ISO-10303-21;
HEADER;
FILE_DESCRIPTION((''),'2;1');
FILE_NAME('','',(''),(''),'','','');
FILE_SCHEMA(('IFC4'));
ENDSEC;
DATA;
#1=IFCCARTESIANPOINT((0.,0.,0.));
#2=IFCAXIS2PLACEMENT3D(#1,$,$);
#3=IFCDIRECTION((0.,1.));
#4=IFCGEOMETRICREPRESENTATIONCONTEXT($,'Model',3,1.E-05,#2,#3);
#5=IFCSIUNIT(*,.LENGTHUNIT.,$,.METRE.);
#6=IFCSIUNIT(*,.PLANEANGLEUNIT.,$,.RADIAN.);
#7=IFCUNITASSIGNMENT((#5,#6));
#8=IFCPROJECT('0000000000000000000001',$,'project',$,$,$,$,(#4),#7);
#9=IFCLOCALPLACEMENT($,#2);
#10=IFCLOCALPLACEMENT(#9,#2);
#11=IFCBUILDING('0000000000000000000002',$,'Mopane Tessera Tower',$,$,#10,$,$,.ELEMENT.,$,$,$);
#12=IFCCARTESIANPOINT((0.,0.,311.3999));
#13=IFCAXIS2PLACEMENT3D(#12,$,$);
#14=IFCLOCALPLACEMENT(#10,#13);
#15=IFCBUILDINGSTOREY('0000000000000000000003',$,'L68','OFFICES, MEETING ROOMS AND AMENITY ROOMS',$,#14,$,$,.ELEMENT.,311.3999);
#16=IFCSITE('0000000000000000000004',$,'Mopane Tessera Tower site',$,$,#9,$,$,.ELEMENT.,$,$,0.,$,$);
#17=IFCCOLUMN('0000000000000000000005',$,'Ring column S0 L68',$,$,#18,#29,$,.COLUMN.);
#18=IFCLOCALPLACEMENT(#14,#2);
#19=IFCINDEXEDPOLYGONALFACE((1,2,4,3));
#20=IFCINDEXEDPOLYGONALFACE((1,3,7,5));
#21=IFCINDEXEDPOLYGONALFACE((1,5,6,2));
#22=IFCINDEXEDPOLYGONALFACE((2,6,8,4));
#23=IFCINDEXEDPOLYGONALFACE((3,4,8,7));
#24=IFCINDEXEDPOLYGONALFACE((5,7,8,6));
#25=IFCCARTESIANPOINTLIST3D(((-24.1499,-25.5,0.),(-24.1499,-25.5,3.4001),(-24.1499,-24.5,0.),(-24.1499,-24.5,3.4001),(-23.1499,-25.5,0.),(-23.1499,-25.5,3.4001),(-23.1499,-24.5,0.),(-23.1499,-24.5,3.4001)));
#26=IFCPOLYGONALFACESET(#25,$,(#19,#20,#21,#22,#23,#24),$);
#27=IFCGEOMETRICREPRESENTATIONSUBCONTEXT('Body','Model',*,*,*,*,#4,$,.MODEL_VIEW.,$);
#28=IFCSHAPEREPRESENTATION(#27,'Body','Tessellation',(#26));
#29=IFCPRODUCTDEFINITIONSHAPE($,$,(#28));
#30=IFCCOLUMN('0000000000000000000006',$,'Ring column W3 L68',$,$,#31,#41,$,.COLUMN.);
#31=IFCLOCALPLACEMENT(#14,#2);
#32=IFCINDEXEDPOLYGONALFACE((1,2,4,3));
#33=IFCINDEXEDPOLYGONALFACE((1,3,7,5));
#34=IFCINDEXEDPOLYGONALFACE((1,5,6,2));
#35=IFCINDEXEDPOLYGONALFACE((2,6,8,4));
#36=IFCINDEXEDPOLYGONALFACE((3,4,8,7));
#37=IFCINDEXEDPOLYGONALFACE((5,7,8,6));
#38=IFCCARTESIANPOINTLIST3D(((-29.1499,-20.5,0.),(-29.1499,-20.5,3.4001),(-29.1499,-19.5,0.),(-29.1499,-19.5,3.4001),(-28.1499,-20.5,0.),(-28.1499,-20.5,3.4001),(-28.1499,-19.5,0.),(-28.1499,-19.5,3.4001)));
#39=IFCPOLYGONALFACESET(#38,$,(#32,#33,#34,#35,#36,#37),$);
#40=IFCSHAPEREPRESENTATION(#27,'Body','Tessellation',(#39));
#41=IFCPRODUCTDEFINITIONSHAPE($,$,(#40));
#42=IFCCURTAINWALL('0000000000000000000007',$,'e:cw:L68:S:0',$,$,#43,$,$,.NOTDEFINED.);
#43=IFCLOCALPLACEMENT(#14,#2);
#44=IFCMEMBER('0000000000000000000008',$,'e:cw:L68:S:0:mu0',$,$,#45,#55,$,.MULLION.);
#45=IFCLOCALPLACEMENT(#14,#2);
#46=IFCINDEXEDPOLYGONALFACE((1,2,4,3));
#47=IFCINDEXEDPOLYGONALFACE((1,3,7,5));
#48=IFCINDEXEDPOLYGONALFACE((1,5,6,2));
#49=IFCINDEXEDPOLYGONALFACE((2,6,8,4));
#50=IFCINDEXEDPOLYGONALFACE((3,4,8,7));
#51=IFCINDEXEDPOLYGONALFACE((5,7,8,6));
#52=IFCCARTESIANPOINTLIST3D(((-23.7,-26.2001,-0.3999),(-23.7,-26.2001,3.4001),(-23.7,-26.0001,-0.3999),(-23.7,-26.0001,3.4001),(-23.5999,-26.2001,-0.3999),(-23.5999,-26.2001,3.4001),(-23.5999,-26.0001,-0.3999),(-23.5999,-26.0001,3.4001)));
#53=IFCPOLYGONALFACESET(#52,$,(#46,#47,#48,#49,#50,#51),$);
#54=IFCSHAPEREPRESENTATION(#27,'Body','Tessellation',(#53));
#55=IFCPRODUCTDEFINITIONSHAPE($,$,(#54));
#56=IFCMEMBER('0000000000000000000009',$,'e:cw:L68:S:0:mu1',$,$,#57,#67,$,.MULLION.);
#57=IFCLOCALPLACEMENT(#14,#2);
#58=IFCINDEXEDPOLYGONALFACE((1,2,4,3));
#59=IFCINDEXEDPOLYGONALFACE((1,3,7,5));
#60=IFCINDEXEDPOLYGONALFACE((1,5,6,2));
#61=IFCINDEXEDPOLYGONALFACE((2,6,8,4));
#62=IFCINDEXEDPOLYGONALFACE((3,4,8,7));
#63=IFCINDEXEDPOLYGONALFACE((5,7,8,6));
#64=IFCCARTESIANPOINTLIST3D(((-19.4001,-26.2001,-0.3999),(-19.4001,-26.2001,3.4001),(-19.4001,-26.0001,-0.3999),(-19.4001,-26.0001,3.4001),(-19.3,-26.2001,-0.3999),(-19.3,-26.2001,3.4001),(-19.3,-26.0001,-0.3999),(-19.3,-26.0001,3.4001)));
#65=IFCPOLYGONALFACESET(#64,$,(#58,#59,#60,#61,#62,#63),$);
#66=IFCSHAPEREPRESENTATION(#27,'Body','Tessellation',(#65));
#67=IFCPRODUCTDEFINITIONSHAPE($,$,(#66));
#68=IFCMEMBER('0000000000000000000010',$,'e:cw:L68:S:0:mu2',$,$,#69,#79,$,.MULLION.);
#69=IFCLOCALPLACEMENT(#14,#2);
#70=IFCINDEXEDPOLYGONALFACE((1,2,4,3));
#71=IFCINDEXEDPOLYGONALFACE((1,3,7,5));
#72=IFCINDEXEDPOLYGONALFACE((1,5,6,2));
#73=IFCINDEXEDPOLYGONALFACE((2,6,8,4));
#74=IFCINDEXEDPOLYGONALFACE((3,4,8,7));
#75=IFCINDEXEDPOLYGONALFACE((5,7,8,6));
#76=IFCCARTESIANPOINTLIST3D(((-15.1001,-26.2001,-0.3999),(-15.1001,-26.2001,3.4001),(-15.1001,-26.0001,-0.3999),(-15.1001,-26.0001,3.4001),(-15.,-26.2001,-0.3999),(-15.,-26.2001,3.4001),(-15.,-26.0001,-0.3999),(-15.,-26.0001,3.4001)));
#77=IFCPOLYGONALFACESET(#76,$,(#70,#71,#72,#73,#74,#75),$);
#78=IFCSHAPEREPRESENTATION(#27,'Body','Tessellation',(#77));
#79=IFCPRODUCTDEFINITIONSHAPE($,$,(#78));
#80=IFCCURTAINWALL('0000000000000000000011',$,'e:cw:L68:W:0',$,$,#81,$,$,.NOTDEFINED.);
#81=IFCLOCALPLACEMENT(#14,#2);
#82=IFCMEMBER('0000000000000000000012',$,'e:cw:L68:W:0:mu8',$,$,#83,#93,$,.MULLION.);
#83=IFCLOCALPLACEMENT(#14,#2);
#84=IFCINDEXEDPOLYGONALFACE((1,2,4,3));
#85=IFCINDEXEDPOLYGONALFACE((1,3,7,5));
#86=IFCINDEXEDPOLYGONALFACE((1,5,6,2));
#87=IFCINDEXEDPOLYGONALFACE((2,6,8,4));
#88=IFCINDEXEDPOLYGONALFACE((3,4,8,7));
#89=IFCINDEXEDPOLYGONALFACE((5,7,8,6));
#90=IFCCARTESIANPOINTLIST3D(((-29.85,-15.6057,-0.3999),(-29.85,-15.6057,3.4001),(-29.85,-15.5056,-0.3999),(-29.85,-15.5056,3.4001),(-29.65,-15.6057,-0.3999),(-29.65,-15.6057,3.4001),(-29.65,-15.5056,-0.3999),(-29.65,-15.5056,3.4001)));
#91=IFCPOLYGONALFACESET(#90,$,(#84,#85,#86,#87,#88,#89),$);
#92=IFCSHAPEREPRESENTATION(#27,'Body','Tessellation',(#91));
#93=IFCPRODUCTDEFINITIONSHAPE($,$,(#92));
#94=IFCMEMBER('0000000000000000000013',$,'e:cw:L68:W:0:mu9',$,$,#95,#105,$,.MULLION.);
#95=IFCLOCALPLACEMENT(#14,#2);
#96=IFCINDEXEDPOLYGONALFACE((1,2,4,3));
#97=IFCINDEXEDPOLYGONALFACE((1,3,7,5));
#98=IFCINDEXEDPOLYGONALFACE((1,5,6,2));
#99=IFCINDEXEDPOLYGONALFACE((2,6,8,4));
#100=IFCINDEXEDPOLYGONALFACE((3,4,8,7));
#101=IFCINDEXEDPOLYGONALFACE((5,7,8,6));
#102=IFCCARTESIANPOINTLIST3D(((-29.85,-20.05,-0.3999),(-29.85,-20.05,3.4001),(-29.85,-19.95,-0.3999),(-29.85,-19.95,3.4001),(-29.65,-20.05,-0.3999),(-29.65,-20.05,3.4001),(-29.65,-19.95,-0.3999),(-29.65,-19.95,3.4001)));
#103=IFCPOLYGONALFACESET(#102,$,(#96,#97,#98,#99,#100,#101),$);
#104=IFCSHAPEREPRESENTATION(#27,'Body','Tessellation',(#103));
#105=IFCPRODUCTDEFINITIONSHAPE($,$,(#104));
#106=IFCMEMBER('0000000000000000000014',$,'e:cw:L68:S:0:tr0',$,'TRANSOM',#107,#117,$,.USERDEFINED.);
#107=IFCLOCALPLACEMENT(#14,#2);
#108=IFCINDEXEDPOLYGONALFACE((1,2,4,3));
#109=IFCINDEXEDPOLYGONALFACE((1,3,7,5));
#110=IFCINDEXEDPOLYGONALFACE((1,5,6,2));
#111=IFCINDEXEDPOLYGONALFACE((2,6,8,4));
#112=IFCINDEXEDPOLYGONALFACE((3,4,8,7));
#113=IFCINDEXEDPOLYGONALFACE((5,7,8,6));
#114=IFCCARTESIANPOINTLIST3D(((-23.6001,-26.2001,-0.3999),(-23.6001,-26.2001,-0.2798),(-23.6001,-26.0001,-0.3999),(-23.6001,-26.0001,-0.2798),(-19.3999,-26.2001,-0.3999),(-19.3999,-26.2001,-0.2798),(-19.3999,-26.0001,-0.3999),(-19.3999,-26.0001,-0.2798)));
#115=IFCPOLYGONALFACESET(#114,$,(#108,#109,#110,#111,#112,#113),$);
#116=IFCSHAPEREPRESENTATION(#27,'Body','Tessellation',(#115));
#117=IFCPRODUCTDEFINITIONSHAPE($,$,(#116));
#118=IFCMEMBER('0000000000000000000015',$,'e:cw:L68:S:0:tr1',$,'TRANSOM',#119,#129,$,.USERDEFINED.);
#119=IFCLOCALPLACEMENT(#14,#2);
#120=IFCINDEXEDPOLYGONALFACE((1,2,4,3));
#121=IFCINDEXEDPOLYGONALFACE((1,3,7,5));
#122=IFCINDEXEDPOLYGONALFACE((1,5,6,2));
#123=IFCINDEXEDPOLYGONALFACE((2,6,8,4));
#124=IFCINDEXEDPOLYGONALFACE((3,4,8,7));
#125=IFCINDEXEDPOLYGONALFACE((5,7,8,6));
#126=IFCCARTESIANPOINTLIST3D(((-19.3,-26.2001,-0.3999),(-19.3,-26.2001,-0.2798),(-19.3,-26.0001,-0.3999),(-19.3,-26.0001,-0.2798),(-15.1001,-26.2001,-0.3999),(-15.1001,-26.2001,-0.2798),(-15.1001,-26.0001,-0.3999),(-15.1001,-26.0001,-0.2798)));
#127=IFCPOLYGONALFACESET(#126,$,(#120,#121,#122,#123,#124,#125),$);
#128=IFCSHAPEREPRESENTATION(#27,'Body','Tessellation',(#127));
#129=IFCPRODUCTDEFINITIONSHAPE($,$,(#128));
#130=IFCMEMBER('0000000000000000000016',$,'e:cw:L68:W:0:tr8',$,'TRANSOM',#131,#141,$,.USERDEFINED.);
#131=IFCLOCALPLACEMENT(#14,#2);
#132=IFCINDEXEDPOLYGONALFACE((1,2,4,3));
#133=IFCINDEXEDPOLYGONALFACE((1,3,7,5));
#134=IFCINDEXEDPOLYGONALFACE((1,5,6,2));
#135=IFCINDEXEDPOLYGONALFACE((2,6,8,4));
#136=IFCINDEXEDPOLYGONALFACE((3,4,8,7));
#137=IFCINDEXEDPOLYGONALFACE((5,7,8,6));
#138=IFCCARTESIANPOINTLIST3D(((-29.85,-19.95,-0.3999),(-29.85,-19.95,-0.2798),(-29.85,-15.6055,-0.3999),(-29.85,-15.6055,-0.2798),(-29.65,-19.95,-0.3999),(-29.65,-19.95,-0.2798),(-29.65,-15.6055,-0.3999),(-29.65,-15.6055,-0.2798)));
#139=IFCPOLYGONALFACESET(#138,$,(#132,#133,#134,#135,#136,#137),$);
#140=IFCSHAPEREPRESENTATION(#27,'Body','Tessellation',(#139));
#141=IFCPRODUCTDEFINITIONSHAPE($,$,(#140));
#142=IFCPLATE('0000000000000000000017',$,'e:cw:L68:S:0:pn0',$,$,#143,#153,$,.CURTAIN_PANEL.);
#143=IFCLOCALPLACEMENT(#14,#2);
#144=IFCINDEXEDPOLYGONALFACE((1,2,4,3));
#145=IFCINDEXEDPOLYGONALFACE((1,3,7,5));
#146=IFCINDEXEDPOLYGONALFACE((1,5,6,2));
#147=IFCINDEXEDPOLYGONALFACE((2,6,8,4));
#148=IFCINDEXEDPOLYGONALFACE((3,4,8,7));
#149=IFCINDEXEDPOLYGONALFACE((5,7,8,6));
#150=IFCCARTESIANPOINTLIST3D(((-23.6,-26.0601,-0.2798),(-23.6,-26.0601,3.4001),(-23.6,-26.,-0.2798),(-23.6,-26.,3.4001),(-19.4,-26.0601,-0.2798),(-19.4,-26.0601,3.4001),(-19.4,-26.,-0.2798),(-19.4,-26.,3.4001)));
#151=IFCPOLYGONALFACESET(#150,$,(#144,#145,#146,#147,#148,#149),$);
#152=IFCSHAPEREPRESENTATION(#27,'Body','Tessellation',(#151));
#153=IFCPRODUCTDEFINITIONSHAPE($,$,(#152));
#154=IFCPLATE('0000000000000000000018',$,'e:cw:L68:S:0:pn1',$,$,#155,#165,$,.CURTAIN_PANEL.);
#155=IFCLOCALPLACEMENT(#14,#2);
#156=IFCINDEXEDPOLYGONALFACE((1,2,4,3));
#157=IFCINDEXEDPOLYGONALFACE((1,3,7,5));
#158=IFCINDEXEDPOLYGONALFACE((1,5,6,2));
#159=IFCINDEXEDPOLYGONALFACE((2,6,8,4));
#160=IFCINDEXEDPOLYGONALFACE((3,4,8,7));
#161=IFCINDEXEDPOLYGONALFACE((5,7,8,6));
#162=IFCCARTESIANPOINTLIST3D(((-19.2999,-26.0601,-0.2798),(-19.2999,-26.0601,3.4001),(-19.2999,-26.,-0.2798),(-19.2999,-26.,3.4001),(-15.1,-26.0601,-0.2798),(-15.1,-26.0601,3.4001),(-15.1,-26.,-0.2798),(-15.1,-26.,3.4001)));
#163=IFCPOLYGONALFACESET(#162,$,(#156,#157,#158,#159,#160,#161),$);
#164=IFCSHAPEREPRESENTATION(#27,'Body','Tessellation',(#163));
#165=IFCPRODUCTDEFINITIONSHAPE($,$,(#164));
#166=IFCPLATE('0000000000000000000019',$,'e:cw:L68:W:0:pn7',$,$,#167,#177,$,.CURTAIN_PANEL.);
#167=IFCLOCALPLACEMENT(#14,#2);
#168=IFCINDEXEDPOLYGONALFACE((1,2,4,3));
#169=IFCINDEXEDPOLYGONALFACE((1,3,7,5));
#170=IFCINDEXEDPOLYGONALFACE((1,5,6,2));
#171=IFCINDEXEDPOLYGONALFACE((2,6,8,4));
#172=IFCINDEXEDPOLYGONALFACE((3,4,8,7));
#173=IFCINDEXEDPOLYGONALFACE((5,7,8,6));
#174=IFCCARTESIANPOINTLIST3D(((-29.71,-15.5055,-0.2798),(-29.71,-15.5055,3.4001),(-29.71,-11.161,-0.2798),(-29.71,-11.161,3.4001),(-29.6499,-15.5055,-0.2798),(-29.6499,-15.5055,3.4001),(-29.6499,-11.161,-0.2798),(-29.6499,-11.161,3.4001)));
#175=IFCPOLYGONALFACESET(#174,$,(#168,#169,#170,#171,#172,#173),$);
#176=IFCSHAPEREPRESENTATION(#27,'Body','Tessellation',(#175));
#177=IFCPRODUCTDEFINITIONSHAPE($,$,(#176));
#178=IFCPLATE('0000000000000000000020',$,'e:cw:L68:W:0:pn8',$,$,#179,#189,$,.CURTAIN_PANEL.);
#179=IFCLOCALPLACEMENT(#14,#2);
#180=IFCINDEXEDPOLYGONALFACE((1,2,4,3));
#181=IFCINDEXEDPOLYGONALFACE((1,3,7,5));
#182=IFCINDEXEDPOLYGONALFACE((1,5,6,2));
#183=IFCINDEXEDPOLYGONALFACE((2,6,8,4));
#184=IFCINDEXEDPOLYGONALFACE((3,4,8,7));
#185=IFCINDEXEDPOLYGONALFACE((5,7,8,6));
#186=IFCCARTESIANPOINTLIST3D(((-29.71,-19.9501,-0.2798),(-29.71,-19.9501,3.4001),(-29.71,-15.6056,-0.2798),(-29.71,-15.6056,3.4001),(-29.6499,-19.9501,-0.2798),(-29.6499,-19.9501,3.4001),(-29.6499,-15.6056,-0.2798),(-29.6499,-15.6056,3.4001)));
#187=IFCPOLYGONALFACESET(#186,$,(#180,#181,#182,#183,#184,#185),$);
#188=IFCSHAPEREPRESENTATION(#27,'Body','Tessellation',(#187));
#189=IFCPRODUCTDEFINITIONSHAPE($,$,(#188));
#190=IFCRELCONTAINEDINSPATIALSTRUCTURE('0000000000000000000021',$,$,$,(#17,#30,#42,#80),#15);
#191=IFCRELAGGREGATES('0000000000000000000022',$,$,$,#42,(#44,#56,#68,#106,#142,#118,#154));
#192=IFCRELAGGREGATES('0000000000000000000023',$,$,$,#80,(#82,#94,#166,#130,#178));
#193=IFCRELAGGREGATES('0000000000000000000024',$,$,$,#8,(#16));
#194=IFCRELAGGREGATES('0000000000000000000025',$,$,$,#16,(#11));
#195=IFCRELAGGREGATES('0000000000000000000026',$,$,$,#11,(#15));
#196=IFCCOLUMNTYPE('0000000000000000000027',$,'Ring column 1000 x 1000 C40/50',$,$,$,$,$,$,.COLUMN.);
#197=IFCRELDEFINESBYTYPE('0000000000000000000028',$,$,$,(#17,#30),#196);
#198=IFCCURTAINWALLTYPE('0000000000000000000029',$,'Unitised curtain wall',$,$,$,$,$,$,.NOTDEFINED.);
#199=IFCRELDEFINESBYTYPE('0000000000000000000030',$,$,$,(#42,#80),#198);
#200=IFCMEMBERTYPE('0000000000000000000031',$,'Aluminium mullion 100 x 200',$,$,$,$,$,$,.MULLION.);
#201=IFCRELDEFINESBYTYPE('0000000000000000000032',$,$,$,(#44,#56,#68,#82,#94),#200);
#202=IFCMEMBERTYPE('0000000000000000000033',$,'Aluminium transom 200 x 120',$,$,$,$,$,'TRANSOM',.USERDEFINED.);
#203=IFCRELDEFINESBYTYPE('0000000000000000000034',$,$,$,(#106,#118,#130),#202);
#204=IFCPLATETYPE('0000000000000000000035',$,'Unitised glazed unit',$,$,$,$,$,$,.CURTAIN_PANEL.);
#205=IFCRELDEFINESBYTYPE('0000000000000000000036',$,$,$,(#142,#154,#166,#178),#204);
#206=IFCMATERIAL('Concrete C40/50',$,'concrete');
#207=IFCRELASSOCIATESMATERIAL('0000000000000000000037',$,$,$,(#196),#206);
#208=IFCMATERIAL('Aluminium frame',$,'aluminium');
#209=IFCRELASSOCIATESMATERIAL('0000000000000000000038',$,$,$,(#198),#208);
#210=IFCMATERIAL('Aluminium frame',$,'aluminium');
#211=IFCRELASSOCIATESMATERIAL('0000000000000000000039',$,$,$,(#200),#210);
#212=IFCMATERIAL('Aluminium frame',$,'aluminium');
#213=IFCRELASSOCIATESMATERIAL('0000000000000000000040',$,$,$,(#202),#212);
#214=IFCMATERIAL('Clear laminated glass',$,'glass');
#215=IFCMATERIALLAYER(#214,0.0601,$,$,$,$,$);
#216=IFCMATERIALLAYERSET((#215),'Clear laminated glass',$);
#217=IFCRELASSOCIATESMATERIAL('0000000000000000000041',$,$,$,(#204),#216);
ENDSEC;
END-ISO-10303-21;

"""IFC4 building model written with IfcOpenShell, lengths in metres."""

from ifc_helpers import new_model, si_unit, direction, frame, origin, origin_2d, place, context, subcontext, project, spatial, rectangle, extrude, material, layer, layer_set, material_profile, profile_set, type_object, element, aggregate, save


model = new_model("IFC4")

# Units and contexts
model_context = context("Model", 3, precision=1e-05, world=origin(), true_north=direction((0.0, 1.0)))
body_context = subcontext(model_context, "Body", "Model", "MODEL_VIEW")
ifc_project = project(units=[si_unit("LENGTHUNIT", "METRE"), si_unit("PLANEANGLEUNIT", "RADIAN")], contexts=[model_context])

# Site, building, storey
site_placement = place(None, origin())
site = spatial("IfcSite", under=ifc_project, at=site_placement, Name="Mopane Tessera Tower site", CompositionType="ELEMENT", RefElevation=0.0)
building_placement = place(site_placement, origin())
building = spatial("IfcBuilding", under=site, at=building_placement, Name="Mopane Tessera Tower", CompositionType="ELEMENT")
storey_placement = place(building_placement, frame((0.0, 0.0, 311.3999)))
storey = spatial("IfcBuildingStorey", under=building, at=storey_placement, Name="L68", Description="OFFICES, MEETING ROOMS AND AMENITY ROOMS", CompositionType="ELEMENT", Elevation=311.3999)

# Columns
ifc_material_1 = material(Name="Concrete C40/50", Category="concrete")
ifc_material_profile_1 = material_profile(ifc_material_1, rectangle(XDim=1.0, YDim=1.0, at=origin_2d()))
ifc_profile_set_1 = profile_set([ifc_material_profile_1], Name="Concrete C40/50")
column_type = type_object("IfcColumnType", Name="Ring column 1000 x 1000 C40/50", PredefinedType="COLUMN", material=ifc_profile_set_1)
for number, where, z_axis, x_axis, name in (
    (1, (-23.6499, -25.0, 0.0), (0.0, 0.0, 1.0), (1.0, 0.0, 0.0), "Ring column S0 L68"),
    (2, (-28.6499, -20.0, 0.0), (0.0, 0.0, 1.0), (1.0, 0.0, 0.0), "Ring column W3 L68"),
):
    element("IfcColumn", number, at=place(storey_placement, frame(where, z_axis=z_axis, x_axis=x_axis)), inside=storey, type_object=column_type, Name=name, PredefinedType="COLUMN", context=body_context, shape_type="SweptSolid", body=[
        extrude(rectangle(XDim=1.0, YDim=1.0, at=origin_2d()), origin(), (0.0, 0.0, 1.0), 3.4001),
    ])

# Curtain walls, members
ifc_material_2 = material(Name="Aluminium frame", Category="aluminium")
curtain_wall_type = type_object("IfcCurtainWallType", Name="Unitised curtain wall", PredefinedType="NOTDEFINED", material=ifc_material_2)
curtain_wall_1_placement = place(storey_placement, origin())
curtain_wall_1 = element("IfcCurtainWall", 3, at=curtain_wall_1_placement, inside=storey, type_object=curtain_wall_type, Name="e:cw:L68:S:0", PredefinedType="NOTDEFINED")
ifc_material_3 = material(Name="Aluminium frame", Category="aluminium")
ifc_material_profile_2 = material_profile(ifc_material_3, rectangle(XDim=0.1001, YDim=0.2, at=origin_2d()))
ifc_profile_set_2 = profile_set([ifc_material_profile_2], Name="Aluminium frame")
member_type_1 = type_object("IfcMemberType", Name="Aluminium mullion 100 x 200", PredefinedType="MULLION", material=ifc_profile_set_2)
member_1_placement = place(storey_placement, frame((-23.6499, -26.1001, -0.3999), z_axis=(0.0, 0.0, 1.0), x_axis=(1.0, 0.0, 0.0)))
member_1 = element("IfcMember", 4, at=member_1_placement, type_object=member_type_1, Name="e:cw:L68:S:0:mu0", PredefinedType="MULLION", context=body_context, shape_type="SweptSolid", body=[
    extrude(rectangle(XDim=0.1001, YDim=0.2, at=origin_2d()), origin(), (0.0, 0.0, 1.0), 3.8),
])
member_2_placement = place(storey_placement, frame((-19.3501, -26.1001, -0.3999), z_axis=(0.0, 0.0, 1.0), x_axis=(1.0, 0.0, 0.0)))
member_2 = element("IfcMember", 5, at=member_2_placement, type_object=member_type_1, Name="e:cw:L68:S:0:mu1", PredefinedType="MULLION", context=body_context, shape_type="SweptSolid", body=[
    extrude(rectangle(XDim=0.1001, YDim=0.2, at=origin_2d()), origin(), (0.0, 0.0, 1.0), 3.8),
])
member_3_placement = place(storey_placement, frame((-15.05, -26.1001, -0.3999), z_axis=(0.0, 0.0, 1.0), x_axis=(1.0, 0.0, 0.0)))
member_3 = element("IfcMember", 6, at=member_3_placement, type_object=member_type_1, Name="e:cw:L68:S:0:mu2", PredefinedType="MULLION", context=body_context, shape_type="SweptSolid", body=[
    extrude(rectangle(XDim=0.1001, YDim=0.2, at=origin_2d()), origin(), (0.0, 0.0, 1.0), 3.8),
])
curtain_wall_2_placement = place(storey_placement, origin())
curtain_wall_2 = element("IfcCurtainWall", 7, at=curtain_wall_2_placement, inside=storey, type_object=curtain_wall_type, Name="e:cw:L68:W:0", PredefinedType="NOTDEFINED")
member_4_placement = place(storey_placement, frame((-29.75, -15.5557, -0.3999), z_axis=(0.0, 0.0, 1.0), x_axis=(0.0, -1.0, 0.0)))
member_4 = element("IfcMember", 8, at=member_4_placement, type_object=member_type_1, Name="e:cw:L68:W:0:mu8", PredefinedType="MULLION", context=body_context, shape_type="SweptSolid", body=[
    extrude(rectangle(XDim=0.1001, YDim=0.2, at=origin_2d()), origin(), (0.0, 0.0, 1.0), 3.8),
])
member_5_placement = place(storey_placement, frame((-29.75, -20.0, -0.3999), z_axis=(0.0, 0.0, 1.0), x_axis=(0.0, -1.0, 0.0)))
member_5 = element("IfcMember", 9, at=member_5_placement, type_object=member_type_1, Name="e:cw:L68:W:0:mu9", PredefinedType="MULLION", context=body_context, shape_type="SweptSolid", body=[
    extrude(rectangle(XDim=0.1001, YDim=0.2, at=origin_2d()), origin(), (0.0, 0.0, 1.0), 3.8),
])

# Members
ifc_material_4 = material(Name="Aluminium frame", Category="aluminium")
ifc_material_profile_3 = material_profile(ifc_material_4, rectangle(XDim=0.2, YDim=0.1201, at=origin_2d()))
ifc_profile_set_3 = profile_set([ifc_material_profile_3], Name="Aluminium frame")
member_type_2 = type_object("IfcMemberType", Name="Aluminium transom 200 x 120", ElementType="TRANSOM", PredefinedType="USERDEFINED", material=ifc_profile_set_3)
member_6_placement = place(storey_placement, frame((-23.6001, -26.1001, -0.3398), z_axis=(1.0, 0.0, 0.0), x_axis=(0.0, 1.0, 0.0)))
member_6 = element("IfcMember", 10, at=member_6_placement, type_object=member_type_2, Name="e:cw:L68:S:0:tr0", ObjectType="TRANSOM", PredefinedType="USERDEFINED", context=body_context, shape_type="SweptSolid", body=[
    extrude(rectangle(XDim=0.2, YDim=0.1201, at=origin_2d()), origin(), (0.0, 0.0, 1.0), 4.2002),
])
member_7_placement = place(storey_placement, frame((-19.3, -26.1001, -0.3398), z_axis=(1.0, 0.0, 0.0), x_axis=(0.0, 1.0, 0.0)))
member_7 = element("IfcMember", 11, at=member_7_placement, type_object=member_type_2, Name="e:cw:L68:S:0:tr1", ObjectType="TRANSOM", PredefinedType="USERDEFINED", context=body_context, shape_type="SweptSolid", body=[
    extrude(rectangle(XDim=0.2, YDim=0.1201, at=origin_2d()), origin(), (0.0, 0.0, 1.0), 4.2),
])
member_8_placement = place(storey_placement, frame((-29.75, -15.6055, -0.3398), z_axis=(0.0, -1.0, 0.0), x_axis=(1.0, 0.0, 0.0)))
member_8 = element("IfcMember", 12, at=member_8_placement, type_object=member_type_2, Name="e:cw:L68:W:0:tr8", ObjectType="TRANSOM", PredefinedType="USERDEFINED", context=body_context, shape_type="SweptSolid", body=[
    extrude(rectangle(XDim=0.2, YDim=0.1201, at=origin_2d()), origin(), (0.0, 0.0, 1.0), 4.3445),
])

# Plates
ifc_material_5 = material(Name="Clear laminated glass", Category="glass")
ifc_layer_1 = layer(ifc_material_5, 0.0601)
ifc_layer_set_1 = layer_set([ifc_layer_1], Name="Clear laminated glass")
plate_type = type_object("IfcPlateType", Name="Unitised glazed unit", PredefinedType="CURTAIN_PANEL", material=ifc_layer_set_1)
plate_1_placement = place(storey_placement, frame((-21.5, -26.03, -0.2798), z_axis=(0.0, 0.0, 1.0), x_axis=(1.0, 0.0, 0.0)))
plate_1 = element("IfcPlate", 13, at=plate_1_placement, type_object=plate_type, Name="e:cw:L68:S:0:pn0", PredefinedType="CURTAIN_PANEL", context=body_context, shape_type="SweptSolid", body=[
    extrude(rectangle(XDim=4.2, YDim=0.0601, at=origin_2d()), origin(), (0.0, 0.0, 1.0), 3.6799),
])
plate_2_placement = place(storey_placement, frame((-17.2, -26.03, -0.2798), z_axis=(0.0, 0.0, 1.0), x_axis=(1.0, 0.0, 0.0)))
plate_2 = element("IfcPlate", 14, at=plate_2_placement, type_object=plate_type, Name="e:cw:L68:S:0:pn1", PredefinedType="CURTAIN_PANEL", context=body_context, shape_type="SweptSolid", body=[
    extrude(rectangle(XDim=4.2, YDim=0.0601, at=origin_2d()), origin(), (0.0, 0.0, 1.0), 3.6799),
])
aggregate(curtain_wall_1, [member_1, member_2, member_3, member_6, plate_1, member_7, plate_2])
plate_3_placement = place(storey_placement, frame((-29.6799, -13.3333, -0.2798), z_axis=(0.0, 0.0, 1.0), x_axis=(0.0, -1.0, 0.0)))
plate_3 = element("IfcPlate", 15, at=plate_3_placement, type_object=plate_type, Name="e:cw:L68:W:0:pn7", PredefinedType="CURTAIN_PANEL", context=body_context, shape_type="SweptSolid", body=[
    extrude(rectangle(XDim=4.3445, YDim=0.0601, at=origin_2d()), origin(), (0.0, 0.0, 1.0), 3.6799),
])
plate_4_placement = place(storey_placement, frame((-29.6799, -17.7778, -0.2798), z_axis=(0.0, 0.0, 1.0), x_axis=(0.0, -1.0, 0.0)))
plate_4 = element("IfcPlate", 16, at=plate_4_placement, type_object=plate_type, Name="e:cw:L68:W:0:pn8", PredefinedType="CURTAIN_PANEL", context=body_context, shape_type="SweptSolid", body=[
    extrude(rectangle(XDim=4.3445, YDim=0.0601, at=origin_2d()), origin(), (0.0, 0.0, 1.0), 3.6799),
])
aggregate(curtain_wall_2, [member_4, member_5, plate_3, member_8, plate_4])

save(model, "model.ifc")
